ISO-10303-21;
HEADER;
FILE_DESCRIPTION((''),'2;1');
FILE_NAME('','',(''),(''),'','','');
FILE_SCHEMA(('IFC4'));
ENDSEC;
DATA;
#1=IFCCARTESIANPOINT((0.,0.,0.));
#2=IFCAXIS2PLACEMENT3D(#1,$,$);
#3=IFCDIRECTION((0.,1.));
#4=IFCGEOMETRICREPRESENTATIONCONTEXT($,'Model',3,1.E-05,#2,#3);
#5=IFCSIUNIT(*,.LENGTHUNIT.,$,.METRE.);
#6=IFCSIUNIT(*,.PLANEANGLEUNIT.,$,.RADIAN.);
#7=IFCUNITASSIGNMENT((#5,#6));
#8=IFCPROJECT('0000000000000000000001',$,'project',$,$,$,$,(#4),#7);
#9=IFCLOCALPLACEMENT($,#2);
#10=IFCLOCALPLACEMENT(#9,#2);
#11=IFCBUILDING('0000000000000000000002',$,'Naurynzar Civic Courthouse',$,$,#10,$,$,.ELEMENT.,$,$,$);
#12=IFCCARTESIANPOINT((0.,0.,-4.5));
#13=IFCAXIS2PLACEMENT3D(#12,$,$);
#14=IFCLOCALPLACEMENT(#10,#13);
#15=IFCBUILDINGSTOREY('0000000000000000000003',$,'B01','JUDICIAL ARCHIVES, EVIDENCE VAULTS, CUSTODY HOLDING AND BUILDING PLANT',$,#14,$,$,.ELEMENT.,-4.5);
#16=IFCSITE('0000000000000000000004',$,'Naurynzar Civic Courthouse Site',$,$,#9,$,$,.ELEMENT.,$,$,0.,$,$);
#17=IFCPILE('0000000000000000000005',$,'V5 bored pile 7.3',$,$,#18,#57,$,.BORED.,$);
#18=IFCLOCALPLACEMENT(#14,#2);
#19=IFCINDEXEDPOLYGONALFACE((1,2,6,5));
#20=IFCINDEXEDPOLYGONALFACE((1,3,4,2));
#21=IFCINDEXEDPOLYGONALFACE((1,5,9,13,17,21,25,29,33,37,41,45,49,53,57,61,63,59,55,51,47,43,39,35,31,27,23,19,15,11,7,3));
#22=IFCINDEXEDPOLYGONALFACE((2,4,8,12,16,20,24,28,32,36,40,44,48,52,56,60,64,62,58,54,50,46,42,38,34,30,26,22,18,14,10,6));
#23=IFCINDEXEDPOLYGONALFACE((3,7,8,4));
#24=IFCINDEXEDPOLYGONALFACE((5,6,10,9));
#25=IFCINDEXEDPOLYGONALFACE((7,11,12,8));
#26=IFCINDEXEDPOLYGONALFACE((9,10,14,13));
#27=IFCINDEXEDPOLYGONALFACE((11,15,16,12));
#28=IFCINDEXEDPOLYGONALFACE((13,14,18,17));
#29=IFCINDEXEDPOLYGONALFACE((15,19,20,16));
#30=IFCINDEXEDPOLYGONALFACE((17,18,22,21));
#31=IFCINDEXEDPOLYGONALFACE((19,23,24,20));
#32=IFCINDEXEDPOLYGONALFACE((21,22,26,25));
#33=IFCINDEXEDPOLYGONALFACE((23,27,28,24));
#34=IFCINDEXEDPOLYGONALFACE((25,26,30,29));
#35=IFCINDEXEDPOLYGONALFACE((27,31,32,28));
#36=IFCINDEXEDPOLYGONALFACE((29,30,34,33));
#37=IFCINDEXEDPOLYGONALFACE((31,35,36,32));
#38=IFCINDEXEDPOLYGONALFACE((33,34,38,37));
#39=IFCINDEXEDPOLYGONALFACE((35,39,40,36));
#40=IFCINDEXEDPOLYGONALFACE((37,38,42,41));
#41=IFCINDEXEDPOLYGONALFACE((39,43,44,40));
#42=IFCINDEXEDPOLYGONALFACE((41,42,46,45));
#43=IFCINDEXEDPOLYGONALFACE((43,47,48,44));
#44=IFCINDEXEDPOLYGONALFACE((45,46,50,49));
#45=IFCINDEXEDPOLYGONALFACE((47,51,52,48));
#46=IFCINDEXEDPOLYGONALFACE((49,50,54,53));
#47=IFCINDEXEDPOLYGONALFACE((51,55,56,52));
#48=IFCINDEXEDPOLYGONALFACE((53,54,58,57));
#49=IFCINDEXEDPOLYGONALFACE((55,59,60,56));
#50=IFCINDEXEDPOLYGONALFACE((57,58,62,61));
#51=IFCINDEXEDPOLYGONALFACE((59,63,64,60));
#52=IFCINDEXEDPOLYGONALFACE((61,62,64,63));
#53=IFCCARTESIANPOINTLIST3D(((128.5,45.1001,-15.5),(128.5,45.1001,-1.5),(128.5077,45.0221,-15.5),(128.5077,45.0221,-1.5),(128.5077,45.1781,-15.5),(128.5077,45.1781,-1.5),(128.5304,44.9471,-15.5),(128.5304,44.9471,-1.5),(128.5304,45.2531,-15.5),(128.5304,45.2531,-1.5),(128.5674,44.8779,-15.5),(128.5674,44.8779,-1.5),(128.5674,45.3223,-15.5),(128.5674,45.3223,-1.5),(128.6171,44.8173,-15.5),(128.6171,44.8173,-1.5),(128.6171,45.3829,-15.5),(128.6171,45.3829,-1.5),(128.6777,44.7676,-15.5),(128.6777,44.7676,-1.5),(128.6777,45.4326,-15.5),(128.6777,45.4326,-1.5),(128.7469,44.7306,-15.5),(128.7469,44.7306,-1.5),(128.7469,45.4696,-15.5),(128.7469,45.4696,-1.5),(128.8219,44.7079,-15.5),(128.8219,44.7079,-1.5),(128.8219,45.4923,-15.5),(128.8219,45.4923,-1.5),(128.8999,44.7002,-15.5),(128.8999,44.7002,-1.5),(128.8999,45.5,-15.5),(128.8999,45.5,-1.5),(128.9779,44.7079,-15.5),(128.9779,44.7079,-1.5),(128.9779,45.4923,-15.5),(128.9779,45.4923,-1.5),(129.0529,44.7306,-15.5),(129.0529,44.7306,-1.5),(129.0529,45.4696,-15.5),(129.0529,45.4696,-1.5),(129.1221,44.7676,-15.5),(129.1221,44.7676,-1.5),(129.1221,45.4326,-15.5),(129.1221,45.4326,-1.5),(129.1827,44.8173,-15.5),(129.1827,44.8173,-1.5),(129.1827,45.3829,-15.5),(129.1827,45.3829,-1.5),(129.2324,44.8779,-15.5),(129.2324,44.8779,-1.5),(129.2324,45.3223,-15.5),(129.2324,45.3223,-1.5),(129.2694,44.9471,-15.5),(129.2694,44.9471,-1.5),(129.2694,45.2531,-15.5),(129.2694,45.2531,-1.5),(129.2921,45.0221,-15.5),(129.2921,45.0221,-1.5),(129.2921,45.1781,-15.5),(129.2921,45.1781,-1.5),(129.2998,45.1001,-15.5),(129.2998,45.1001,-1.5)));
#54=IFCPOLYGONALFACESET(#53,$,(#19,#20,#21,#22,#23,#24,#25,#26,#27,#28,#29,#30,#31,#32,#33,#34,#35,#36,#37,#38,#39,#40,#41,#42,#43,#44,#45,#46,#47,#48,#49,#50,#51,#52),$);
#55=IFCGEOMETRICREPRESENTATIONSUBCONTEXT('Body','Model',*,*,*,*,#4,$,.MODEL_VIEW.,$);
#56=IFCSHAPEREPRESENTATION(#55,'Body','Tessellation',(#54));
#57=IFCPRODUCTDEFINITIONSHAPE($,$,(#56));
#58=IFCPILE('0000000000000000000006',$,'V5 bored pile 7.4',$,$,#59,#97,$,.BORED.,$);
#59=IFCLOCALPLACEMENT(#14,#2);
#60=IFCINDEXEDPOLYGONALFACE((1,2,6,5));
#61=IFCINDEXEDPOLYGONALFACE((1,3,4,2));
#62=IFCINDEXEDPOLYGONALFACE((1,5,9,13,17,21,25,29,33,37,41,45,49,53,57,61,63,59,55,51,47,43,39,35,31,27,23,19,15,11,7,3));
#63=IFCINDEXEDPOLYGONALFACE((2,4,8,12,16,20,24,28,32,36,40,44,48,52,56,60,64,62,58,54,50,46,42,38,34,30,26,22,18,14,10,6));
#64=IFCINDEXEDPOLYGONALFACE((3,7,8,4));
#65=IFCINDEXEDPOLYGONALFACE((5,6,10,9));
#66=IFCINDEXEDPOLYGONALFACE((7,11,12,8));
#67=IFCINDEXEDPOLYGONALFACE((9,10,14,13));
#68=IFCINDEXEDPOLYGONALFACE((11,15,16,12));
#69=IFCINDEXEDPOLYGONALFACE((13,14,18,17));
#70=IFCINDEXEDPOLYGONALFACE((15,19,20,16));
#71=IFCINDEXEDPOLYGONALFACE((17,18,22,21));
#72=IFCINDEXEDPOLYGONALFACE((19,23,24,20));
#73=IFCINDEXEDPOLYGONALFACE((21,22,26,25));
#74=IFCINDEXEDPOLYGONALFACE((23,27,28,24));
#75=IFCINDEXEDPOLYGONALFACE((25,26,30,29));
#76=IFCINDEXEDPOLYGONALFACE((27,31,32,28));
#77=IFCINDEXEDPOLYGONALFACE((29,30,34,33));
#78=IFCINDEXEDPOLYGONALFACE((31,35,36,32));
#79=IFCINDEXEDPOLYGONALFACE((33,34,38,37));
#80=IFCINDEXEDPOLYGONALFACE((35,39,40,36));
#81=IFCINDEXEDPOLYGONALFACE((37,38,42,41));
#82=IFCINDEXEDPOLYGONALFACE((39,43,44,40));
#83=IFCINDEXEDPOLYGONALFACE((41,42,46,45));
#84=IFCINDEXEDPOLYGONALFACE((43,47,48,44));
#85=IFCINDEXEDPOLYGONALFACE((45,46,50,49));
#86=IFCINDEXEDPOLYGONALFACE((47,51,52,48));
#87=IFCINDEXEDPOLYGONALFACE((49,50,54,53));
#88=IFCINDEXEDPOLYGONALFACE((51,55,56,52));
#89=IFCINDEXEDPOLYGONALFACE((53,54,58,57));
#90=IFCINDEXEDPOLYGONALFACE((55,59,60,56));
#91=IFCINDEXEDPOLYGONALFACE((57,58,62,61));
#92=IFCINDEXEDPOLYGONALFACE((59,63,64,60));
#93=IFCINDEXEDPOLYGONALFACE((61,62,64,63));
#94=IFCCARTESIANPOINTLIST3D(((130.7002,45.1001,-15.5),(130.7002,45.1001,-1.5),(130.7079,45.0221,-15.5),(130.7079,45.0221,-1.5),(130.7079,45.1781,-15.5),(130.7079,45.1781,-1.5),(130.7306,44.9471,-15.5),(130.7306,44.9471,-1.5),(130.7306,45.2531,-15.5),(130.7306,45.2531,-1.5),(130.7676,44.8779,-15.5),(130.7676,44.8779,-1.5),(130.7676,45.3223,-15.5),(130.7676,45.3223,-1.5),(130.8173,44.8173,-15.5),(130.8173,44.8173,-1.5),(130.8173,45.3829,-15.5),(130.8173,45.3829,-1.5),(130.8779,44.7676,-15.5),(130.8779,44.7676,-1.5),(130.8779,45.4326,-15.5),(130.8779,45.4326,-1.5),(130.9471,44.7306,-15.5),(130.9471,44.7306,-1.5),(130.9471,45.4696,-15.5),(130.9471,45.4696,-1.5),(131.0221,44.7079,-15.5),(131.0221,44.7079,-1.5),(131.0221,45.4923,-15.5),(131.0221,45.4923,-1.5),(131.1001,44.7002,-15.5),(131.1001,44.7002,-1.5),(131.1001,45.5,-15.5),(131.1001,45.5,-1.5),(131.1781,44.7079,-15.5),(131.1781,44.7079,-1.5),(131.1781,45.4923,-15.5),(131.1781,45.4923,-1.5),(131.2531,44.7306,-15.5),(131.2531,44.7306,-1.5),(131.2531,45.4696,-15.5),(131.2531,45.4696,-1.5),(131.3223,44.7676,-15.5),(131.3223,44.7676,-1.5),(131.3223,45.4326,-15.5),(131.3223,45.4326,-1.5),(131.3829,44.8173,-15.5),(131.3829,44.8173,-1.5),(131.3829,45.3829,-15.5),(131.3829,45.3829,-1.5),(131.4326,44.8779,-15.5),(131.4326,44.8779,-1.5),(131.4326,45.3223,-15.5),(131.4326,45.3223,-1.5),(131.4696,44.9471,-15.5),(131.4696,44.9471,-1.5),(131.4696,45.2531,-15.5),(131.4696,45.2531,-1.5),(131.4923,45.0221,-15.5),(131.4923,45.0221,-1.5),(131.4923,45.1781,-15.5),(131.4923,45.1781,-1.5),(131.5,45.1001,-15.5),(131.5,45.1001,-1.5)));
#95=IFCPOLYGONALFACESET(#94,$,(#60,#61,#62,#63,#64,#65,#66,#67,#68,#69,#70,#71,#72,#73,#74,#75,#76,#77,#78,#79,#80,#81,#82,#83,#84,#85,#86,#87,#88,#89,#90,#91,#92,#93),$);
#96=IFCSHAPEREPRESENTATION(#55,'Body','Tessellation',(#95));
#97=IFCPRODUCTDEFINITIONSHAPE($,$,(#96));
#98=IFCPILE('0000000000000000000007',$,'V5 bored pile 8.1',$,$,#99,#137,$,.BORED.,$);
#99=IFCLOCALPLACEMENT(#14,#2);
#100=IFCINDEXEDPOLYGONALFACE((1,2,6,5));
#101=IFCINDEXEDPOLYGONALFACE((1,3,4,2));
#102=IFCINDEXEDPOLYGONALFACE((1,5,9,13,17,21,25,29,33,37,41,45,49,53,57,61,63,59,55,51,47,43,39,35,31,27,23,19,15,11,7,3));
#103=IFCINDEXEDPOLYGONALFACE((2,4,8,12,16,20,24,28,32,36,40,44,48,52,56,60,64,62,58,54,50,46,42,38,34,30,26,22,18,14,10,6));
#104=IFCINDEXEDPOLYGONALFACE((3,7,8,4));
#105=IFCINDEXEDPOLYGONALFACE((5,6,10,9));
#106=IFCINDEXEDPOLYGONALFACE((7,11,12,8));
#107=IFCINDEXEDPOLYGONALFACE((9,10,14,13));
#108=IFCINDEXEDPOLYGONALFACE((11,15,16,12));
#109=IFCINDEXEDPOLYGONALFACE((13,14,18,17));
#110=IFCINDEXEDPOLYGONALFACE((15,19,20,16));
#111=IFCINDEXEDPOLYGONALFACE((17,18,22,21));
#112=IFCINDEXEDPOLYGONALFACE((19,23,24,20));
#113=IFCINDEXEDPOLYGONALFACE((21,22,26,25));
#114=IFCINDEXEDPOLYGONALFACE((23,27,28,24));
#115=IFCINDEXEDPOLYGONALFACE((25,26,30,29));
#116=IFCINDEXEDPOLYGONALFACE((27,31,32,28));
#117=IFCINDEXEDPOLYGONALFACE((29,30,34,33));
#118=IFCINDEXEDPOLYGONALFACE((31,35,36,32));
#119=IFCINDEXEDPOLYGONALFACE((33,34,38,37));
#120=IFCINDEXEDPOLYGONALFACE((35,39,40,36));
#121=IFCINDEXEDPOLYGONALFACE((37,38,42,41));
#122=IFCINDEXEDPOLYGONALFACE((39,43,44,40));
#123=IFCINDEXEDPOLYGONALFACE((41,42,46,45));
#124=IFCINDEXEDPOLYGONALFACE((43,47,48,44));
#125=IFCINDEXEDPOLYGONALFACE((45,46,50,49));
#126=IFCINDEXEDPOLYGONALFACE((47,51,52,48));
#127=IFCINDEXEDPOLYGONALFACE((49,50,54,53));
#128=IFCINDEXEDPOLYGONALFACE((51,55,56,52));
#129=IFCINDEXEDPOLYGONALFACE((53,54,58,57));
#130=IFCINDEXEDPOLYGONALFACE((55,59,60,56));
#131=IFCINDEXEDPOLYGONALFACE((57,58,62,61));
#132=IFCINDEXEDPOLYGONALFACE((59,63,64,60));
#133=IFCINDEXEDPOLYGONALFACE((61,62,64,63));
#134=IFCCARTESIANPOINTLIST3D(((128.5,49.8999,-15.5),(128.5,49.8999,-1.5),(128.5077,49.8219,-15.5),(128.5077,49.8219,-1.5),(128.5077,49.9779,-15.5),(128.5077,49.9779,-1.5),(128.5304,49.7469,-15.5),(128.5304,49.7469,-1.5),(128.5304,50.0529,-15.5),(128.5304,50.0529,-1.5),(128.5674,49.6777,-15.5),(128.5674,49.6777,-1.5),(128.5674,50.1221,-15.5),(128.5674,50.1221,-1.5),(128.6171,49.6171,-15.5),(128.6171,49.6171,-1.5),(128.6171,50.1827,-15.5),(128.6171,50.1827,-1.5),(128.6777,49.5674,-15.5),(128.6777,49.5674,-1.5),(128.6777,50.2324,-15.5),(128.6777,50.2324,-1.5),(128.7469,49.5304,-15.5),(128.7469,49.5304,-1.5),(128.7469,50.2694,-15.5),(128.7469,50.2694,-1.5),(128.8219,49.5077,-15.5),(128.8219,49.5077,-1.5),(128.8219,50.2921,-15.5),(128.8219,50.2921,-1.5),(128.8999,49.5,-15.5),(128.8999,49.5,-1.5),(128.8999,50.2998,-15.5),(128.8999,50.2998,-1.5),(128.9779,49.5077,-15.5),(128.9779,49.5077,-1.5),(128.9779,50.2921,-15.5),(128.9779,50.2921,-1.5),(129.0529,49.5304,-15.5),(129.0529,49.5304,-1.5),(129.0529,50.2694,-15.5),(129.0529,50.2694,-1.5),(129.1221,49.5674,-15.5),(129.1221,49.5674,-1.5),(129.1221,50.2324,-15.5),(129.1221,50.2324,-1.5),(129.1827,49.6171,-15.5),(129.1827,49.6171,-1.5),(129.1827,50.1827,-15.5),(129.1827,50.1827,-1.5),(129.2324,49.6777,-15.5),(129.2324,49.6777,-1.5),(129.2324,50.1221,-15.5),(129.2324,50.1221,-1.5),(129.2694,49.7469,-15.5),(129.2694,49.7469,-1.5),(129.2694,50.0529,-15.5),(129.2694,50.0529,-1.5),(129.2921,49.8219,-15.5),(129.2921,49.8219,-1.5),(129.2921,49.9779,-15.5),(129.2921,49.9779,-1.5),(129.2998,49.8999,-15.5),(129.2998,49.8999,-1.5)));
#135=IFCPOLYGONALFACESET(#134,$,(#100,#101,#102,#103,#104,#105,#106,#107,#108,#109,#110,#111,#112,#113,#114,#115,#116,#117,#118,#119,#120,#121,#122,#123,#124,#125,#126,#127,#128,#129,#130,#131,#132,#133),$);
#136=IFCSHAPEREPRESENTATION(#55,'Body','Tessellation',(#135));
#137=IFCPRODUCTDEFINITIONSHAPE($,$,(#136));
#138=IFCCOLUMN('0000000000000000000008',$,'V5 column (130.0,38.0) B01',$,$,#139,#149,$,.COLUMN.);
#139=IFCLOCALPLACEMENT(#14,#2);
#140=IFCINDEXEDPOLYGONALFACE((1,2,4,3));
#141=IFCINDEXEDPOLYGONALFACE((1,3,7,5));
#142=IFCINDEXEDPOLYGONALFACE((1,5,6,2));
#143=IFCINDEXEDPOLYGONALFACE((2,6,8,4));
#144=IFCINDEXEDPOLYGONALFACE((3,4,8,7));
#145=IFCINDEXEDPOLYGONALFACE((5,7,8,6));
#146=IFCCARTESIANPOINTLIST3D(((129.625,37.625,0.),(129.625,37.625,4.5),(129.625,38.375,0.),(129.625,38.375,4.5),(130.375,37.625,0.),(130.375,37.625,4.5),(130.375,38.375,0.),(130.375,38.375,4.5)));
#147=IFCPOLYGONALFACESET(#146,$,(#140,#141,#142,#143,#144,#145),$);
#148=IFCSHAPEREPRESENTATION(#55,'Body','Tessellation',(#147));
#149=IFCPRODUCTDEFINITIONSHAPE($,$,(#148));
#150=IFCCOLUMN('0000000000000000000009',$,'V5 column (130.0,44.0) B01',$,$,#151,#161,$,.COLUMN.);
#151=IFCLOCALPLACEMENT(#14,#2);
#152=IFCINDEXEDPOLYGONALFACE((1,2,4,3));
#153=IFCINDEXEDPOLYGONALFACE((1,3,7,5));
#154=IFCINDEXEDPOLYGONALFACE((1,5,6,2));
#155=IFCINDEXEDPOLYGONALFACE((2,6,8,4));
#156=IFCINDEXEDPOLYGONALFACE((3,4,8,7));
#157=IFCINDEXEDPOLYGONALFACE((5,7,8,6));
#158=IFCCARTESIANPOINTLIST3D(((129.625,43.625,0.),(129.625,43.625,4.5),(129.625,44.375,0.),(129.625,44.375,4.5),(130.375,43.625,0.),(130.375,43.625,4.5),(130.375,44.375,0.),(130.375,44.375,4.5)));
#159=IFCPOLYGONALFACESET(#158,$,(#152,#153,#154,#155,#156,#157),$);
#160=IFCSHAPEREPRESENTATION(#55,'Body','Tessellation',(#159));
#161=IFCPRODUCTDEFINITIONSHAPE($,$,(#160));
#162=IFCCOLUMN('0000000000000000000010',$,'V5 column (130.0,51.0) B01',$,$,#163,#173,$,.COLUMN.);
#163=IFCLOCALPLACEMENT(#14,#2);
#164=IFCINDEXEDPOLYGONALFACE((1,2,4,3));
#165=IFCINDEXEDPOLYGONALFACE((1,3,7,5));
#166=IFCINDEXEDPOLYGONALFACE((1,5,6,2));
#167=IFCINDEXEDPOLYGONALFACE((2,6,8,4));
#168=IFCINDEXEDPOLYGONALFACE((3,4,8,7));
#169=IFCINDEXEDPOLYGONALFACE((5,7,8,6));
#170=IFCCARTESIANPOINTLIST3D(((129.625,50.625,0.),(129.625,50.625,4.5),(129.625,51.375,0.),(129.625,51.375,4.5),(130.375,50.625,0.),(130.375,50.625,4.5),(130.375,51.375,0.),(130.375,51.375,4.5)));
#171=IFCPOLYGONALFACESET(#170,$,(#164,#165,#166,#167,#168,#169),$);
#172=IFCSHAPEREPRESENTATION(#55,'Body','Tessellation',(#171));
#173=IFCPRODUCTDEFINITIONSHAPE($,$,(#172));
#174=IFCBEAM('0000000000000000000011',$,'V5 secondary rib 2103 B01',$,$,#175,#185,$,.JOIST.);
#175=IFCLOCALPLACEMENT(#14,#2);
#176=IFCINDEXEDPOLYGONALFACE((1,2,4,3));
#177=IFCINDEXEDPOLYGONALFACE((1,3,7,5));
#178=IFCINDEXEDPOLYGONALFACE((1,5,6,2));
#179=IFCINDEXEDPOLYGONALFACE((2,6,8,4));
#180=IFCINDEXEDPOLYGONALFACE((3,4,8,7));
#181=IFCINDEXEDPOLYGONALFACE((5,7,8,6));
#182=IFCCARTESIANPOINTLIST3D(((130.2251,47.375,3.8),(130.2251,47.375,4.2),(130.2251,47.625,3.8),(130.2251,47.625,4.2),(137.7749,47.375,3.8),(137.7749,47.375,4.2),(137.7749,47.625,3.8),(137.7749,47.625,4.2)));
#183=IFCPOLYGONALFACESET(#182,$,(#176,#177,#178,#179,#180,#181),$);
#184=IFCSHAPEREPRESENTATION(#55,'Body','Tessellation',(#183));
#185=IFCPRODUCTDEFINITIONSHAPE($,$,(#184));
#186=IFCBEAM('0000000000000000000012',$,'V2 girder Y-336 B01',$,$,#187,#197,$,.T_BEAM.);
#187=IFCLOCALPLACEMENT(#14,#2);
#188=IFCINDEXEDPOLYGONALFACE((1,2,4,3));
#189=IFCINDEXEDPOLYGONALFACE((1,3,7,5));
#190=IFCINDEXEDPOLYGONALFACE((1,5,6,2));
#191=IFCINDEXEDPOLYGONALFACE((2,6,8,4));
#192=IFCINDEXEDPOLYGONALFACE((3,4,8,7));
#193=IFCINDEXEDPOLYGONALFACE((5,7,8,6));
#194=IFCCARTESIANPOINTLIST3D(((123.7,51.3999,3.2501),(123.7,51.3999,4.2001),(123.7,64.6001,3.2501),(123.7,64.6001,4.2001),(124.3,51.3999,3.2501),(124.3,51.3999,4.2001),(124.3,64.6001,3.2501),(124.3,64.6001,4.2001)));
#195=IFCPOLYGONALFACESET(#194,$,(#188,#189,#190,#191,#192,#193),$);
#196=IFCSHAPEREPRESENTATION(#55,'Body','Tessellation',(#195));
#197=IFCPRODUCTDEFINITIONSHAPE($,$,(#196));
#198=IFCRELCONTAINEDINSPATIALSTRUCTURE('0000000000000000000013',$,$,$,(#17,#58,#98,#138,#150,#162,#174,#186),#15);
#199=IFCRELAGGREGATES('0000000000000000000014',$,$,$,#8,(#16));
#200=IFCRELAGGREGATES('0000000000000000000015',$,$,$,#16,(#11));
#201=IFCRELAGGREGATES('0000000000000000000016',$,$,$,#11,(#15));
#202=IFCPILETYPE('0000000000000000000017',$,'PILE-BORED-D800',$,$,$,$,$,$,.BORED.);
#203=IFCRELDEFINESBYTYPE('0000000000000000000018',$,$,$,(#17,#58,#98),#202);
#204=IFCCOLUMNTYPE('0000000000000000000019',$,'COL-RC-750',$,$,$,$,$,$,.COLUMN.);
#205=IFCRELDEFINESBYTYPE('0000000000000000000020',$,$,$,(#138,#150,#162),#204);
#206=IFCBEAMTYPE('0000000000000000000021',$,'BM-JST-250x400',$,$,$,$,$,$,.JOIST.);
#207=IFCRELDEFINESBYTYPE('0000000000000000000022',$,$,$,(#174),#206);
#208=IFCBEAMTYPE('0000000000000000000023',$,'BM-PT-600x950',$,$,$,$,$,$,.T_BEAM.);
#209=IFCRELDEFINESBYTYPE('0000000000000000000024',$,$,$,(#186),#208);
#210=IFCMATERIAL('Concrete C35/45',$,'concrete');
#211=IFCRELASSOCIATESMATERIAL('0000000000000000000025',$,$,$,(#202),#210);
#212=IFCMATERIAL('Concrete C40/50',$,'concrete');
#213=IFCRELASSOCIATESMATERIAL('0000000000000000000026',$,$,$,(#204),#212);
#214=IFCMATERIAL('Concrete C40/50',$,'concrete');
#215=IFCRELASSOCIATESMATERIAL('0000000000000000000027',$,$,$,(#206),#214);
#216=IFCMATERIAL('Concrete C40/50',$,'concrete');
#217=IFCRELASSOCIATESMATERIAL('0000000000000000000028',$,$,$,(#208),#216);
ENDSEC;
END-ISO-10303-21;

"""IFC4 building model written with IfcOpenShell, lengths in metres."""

from ifc_helpers import new_model, si_unit, direction, frame, origin, origin_2d, place, context, subcontext, project, spatial, rectangle, circle, extrude, material, material_profile, profile_set, type_object, element, save


model = new_model("IFC4")

# Units and contexts
model_context = context("Model", 3, precision=1e-05, world=origin(), true_north=direction((0.0, 1.0)))
body_context = subcontext(model_context, "Body", "Model", "MODEL_VIEW")
ifc_project = project(units=[si_unit("LENGTHUNIT", "METRE"), si_unit("PLANEANGLEUNIT", "RADIAN")], contexts=[model_context])

# Site, building, storey
site_placement = place(None, origin())
site = spatial("IfcSite", under=ifc_project, at=site_placement, Name="Naurynzar Civic Courthouse Site", CompositionType="ELEMENT", RefElevation=0.0)
building_placement = place(site_placement, origin())
building = spatial("IfcBuilding", under=site, at=building_placement, Name="Naurynzar Civic Courthouse", CompositionType="ELEMENT")
storey_placement = place(building_placement, frame((0.0, 0.0, -4.5)))
storey = spatial("IfcBuildingStorey", under=building, at=storey_placement, Name="B01", Description="JUDICIAL ARCHIVES, EVIDENCE VAULTS, CUSTODY HOLDING AND BUILDING PLANT", CompositionType="ELEMENT", Elevation=-4.5)

# Piles
ifc_material_1 = material(Name="Concrete C35/45", Category="concrete")
ifc_material_profile_1 = material_profile(ifc_material_1, circle(Radius=0.3999, at=origin_2d()), Name="PILE D800")
ifc_profile_set_1 = profile_set([ifc_material_profile_1], Name="Concrete C35/45")
pile_type = type_object("IfcPileType", Name="PILE-BORED-D800", PredefinedType="BORED", material=ifc_profile_set_1)
for number, where, z_axis, x_axis, name in (
    (1, (128.8999, 45.1001, -1.5), (0.0, 0.0, -1.0), (1.0, 0.0, 0.0), "V5 bored pile 7.3"),
    (2, (131.1001, 45.1001, -1.5), (0.0, 0.0, -1.0), (1.0, 0.0, 0.0), "V5 bored pile 7.4"),
    (3, (128.8999, 49.8999, -1.5), (0.0, 0.0, -1.0), (1.0, 0.0, 0.0), "V5 bored pile 8.1"),
):
    element("IfcPile", number, at=place(storey_placement, frame(where, z_axis=z_axis, x_axis=x_axis)), inside=storey, type_object=pile_type, Name=name, PredefinedType="BORED", context=body_context, shape_type="SweptSolid", body=[
        extrude(circle(Radius=0.3999, at=origin_2d()), origin(), (0.0, 0.0, 1.0), 14.0),
    ])

# Columns
ifc_material_2 = material(Name="Concrete C40/50", Category="concrete")
ifc_material_profile_2 = material_profile(ifc_material_2, rectangle(XDim=0.75, YDim=0.75, at=origin_2d()), Name="RC 750x750")
ifc_profile_set_2 = profile_set([ifc_material_profile_2], Name="Concrete C40/50")
column_type = type_object("IfcColumnType", Name="COL-RC-750", PredefinedType="COLUMN", material=ifc_profile_set_2)
for number, where, z_axis, x_axis, name in (
    (4, (130.0, 38.0, 0.0), (0.0, 0.0, 1.0), (1.0, 0.0, 0.0), "V5 column (130.0,38.0) B01"),
    (5, (130.0, 44.0, 0.0), (0.0, 0.0, 1.0), (1.0, 0.0, 0.0), "V5 column (130.0,44.0) B01"),
    (6, (130.0, 51.0, 0.0), (0.0, 0.0, 1.0), (1.0, 0.0, 0.0), "V5 column (130.0,51.0) B01"),
):
    element("IfcColumn", number, at=place(storey_placement, frame(where, z_axis=z_axis, x_axis=x_axis)), inside=storey, type_object=column_type, Name=name, PredefinedType="COLUMN", context=body_context, shape_type="SweptSolid", body=[
        extrude(rectangle(XDim=0.75, YDim=0.75, at=origin_2d()), origin(), (0.0, 0.0, 1.0), 4.5),
    ])

# Beams
ifc_material_3 = material(Name="Concrete C40/50", Category="concrete")
ifc_material_profile_3 = material_profile(ifc_material_3, rectangle(XDim=0.25, YDim=0.3999, at=origin_2d()), Name="RCB 250x400")
ifc_profile_set_3 = profile_set([ifc_material_profile_3], Name="Concrete C40/50")
beam_type_1 = type_object("IfcBeamType", Name="BM-JST-250x400", PredefinedType="JOIST", material=ifc_profile_set_3)
beam_1_placement = place(storey_placement, frame((130.2251, 47.5, 4.0), z_axis=(1.0, 0.0, 0.0), x_axis=(0.0, 1.0, 0.0)))
element("IfcBeam", 7, at=beam_1_placement, inside=storey, type_object=beam_type_1, Name="V5 secondary rib 2103 B01", PredefinedType="JOIST", context=body_context, shape_type="SweptSolid", body=[
    extrude(rectangle(XDim=0.25, YDim=0.3999, at=origin_2d()), origin(), (0.0, 0.0, 1.0), 7.5498),
])
ifc_material_4 = material(Name="Concrete C40/50", Category="concrete")
ifc_material_profile_4 = material_profile(ifc_material_4, rectangle(XDim=0.6001, YDim=0.95, at=origin_2d()), Name="PTB 600x950")
ifc_profile_set_4 = profile_set([ifc_material_profile_4], Name="Concrete C40/50")
beam_type_2 = type_object("IfcBeamType", Name="BM-PT-600x950", PredefinedType="T_BEAM", material=ifc_profile_set_4)
beam_2_placement = place(storey_placement, frame((124.0, 51.3999, 3.7251), z_axis=(0.0, 1.0, 0.0), x_axis=(-1.0, 0.0, 0.0)))
element("IfcBeam", 8, at=beam_2_placement, inside=storey, type_object=beam_type_2, Name="V2 girder Y-336 B01", PredefinedType="T_BEAM", context=body_context, shape_type="SweptSolid", body=[
    extrude(rectangle(XDim=0.6001, YDim=0.95, at=origin_2d()), origin(), (0.0, 0.0, 1.0), 13.2002),
])

save(model, "model.ifc")
